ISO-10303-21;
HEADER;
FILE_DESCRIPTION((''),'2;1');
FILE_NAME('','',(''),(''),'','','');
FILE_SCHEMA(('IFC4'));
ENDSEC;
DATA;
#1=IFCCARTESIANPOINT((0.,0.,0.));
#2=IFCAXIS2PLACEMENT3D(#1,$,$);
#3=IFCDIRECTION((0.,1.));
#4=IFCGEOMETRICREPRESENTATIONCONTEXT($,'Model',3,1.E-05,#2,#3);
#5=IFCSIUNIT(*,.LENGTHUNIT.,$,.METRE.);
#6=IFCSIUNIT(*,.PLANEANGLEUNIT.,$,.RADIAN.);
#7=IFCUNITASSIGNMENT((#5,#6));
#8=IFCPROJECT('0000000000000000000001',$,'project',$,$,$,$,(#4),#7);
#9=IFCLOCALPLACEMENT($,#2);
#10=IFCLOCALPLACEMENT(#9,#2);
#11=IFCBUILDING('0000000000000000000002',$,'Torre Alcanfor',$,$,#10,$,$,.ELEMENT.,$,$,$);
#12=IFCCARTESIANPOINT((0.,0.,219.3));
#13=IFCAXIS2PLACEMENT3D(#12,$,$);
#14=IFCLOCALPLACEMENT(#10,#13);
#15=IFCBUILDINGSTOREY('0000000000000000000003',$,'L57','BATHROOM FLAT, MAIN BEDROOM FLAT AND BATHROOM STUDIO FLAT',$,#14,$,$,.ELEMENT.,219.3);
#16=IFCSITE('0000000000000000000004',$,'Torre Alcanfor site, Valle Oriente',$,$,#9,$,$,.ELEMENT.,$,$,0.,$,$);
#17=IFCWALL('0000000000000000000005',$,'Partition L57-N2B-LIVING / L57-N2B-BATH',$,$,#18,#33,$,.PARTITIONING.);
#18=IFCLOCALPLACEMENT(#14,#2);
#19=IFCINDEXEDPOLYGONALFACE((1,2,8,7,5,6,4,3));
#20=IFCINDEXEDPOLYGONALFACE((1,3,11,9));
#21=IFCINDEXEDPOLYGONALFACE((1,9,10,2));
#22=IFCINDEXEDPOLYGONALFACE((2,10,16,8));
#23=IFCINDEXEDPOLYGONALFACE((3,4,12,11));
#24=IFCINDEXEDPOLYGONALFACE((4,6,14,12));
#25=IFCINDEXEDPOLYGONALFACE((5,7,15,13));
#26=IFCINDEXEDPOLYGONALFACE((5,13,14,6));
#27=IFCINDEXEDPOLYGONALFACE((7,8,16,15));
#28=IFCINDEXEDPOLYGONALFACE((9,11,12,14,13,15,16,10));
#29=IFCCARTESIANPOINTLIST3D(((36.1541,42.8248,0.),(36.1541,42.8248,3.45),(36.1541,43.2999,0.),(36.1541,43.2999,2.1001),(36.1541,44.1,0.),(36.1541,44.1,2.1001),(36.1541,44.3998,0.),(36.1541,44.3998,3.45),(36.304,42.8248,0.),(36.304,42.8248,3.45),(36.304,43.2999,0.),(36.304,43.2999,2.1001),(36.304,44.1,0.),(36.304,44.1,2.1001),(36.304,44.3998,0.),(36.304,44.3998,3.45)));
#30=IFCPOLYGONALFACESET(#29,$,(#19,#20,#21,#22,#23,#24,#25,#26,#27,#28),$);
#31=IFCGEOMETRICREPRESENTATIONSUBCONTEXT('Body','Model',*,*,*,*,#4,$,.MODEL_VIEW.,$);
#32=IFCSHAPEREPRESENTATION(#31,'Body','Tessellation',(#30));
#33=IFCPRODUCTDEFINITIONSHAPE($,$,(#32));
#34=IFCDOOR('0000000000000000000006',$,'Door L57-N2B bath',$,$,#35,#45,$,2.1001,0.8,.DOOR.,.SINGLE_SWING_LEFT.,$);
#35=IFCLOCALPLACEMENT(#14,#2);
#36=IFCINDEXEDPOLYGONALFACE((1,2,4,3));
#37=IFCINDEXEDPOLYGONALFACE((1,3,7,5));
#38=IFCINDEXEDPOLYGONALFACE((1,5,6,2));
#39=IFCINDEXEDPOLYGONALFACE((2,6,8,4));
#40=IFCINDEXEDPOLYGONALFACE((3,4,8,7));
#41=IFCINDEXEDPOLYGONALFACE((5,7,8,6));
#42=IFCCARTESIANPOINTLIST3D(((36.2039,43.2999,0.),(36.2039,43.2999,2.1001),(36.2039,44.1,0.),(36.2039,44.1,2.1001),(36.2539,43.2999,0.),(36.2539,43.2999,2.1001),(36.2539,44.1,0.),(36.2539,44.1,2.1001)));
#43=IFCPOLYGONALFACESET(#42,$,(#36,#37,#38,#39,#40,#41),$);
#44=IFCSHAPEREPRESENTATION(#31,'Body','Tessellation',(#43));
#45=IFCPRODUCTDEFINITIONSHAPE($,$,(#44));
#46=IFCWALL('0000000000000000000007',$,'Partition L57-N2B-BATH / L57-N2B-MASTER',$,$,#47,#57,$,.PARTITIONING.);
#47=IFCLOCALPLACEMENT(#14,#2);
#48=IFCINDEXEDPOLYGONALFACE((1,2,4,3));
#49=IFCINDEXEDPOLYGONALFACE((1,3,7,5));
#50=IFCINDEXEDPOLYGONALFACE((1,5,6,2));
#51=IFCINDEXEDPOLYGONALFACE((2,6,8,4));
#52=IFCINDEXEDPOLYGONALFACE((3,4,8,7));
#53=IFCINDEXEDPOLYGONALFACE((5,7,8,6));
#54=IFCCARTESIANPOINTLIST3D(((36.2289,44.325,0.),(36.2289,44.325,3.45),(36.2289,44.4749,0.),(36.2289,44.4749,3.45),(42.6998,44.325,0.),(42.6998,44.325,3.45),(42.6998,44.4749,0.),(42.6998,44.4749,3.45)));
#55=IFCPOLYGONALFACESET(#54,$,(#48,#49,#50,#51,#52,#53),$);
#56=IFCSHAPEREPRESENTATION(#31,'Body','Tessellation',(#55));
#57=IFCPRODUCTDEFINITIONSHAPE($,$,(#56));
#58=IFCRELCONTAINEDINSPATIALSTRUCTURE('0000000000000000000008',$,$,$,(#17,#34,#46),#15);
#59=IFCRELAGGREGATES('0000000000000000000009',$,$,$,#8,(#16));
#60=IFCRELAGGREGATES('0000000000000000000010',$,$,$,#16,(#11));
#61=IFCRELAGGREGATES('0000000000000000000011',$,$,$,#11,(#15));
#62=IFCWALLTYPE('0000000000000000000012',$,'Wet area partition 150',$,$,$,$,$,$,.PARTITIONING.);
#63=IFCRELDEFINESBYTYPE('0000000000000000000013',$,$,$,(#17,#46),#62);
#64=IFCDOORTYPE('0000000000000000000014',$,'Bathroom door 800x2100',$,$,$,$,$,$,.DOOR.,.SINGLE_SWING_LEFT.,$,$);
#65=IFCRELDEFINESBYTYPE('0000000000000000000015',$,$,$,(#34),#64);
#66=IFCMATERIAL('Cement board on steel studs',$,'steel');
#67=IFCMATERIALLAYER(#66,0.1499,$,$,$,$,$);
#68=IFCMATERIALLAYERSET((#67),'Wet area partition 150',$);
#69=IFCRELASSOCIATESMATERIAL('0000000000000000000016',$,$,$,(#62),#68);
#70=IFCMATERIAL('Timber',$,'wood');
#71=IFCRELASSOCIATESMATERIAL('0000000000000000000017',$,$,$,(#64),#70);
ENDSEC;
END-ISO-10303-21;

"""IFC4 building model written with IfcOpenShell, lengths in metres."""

from ifc_helpers import new_model, si_unit, direction, frame, frame_2d, origin, place, context, subcontext, project, spatial, rectangle, extrude, material, layer, layer_set, type_object, element, fill, save


model = new_model("IFC4")

# Units and contexts
model_context = context("Model", 3, precision=1e-05, world=origin(), true_north=direction((0.0, 1.0)))
body_context = subcontext(model_context, "Body", "Model", "MODEL_VIEW")
ifc_project = project(units=[si_unit("LENGTHUNIT", "METRE"), si_unit("PLANEANGLEUNIT", "RADIAN")], contexts=[model_context])

# Site, building, storey
site_placement = place(None, origin())
site = spatial("IfcSite", under=ifc_project, at=site_placement, Name="Torre Alcanfor site, Valle Oriente", CompositionType="ELEMENT", RefElevation=0.0)
building_placement = place(site_placement, origin())
building = spatial("IfcBuilding", under=site, at=building_placement, Name="Torre Alcanfor", CompositionType="ELEMENT")
storey_placement = place(building_placement, frame((0.0, 0.0, 219.3)))
storey = spatial("IfcBuildingStorey", under=building, at=storey_placement, Name="L57", Description="BATHROOM FLAT, MAIN BEDROOM FLAT AND BATHROOM STUDIO FLAT", CompositionType="ELEMENT", Elevation=219.3)

# Shared definitions
ifc_material_1 = material(Name="Cement board on steel studs", Category="steel")
ifc_layer_1 = layer(ifc_material_1, 0.1499)
ifc_layer_set_1 = layer_set([ifc_layer_1], Name="Wet area partition 150")
wall_type_1 = type_object("IfcWallType", Name="Wet area partition 150", PredefinedType="PARTITIONING", material=ifc_layer_set_1)

# Wall, opening, door
ifc_material_2 = material(Name="Timber", Category="wood")
door_type_1 = type_object("IfcDoorType", Name="Bathroom door 800x2100", OperationType="SINGLE_SWING_LEFT", PredefinedType="DOOR", material=ifc_material_2)
wall_1_placement = place(storey_placement, frame((36.229, 44.3999, 0.0), z_axis=(0.0, 0.0, 1.0), x_axis=(0.0, -1.0, 0.0)))
wall_1 = element("IfcWall", 1, at=wall_1_placement, inside=storey, type_object=wall_type_1, Name="Partition L57-N2B-LIVING / L57-N2B-BATH", PredefinedType="PARTITIONING", context=body_context, shape_type="SweptSolid", body=[
    extrude(rectangle(XDim=1.575, YDim=0.1499, at=frame_2d((0.7876, 0.0))), origin(), (0.0, 0.0, 1.0), 3.45),
])
opening_1_placement = place(wall_1_placement, frame((0.3, 0.0, 0.0)))
opening_1 = element("IfcOpeningElement", 2, at=opening_1_placement, cuts=wall_1, PredefinedType="OPENING", context=body_context, shape_type="SweptSolid", body=[
    extrude(rectangle(XDim=0.8, YDim=2.1001, at=frame_2d((0.3999, 1.05))), frame((0.0, 0.085, 0.0), z_axis=(0.0, -1.0, 0.0), x_axis=(1.0, 0.0, 0.0)), (0.0, 0.0, 1.0), 0.1699),
])
door_1_placement = place(opening_1_placement, origin())
door_1 = element("IfcDoor", 3, at=door_1_placement, inside=storey, type_object=door_type_1, Name="Door L57-N2B bath", OperationType="SINGLE_SWING_LEFT", OverallHeight=2.1001, OverallWidth=0.8, PredefinedType="DOOR", context=body_context, shape_type="SweptSolid", body=[
    extrude(rectangle(XDim=0.8, YDim=2.1001, at=frame_2d((0.3999, 1.05))), frame((0.0, 0.0249, 0.0), z_axis=(0.0, -1.0, 0.0), x_axis=(1.0, 0.0, 0.0)), (0.0, 0.0, 1.0), 0.05),
])
fill(opening_1, door_1)

# Wall
wall_2_placement = place(storey_placement, frame((36.229, 44.3999, 0.0), z_axis=(0.0, 0.0, 1.0), x_axis=(1.0, 0.0, 0.0)))
element("IfcWall", 4, at=wall_2_placement, inside=storey, type_object=wall_type_1, Name="Partition L57-N2B-BATH / L57-N2B-MASTER", PredefinedType="PARTITIONING", context=body_context, shape_type="SweptSolid", body=[
    extrude(rectangle(XDim=6.4709, YDim=0.1499, at=frame_2d((3.2354, 0.0))), origin(), (0.0, 0.0, 1.0), 3.45),
])

save(model, "model.ifc")
